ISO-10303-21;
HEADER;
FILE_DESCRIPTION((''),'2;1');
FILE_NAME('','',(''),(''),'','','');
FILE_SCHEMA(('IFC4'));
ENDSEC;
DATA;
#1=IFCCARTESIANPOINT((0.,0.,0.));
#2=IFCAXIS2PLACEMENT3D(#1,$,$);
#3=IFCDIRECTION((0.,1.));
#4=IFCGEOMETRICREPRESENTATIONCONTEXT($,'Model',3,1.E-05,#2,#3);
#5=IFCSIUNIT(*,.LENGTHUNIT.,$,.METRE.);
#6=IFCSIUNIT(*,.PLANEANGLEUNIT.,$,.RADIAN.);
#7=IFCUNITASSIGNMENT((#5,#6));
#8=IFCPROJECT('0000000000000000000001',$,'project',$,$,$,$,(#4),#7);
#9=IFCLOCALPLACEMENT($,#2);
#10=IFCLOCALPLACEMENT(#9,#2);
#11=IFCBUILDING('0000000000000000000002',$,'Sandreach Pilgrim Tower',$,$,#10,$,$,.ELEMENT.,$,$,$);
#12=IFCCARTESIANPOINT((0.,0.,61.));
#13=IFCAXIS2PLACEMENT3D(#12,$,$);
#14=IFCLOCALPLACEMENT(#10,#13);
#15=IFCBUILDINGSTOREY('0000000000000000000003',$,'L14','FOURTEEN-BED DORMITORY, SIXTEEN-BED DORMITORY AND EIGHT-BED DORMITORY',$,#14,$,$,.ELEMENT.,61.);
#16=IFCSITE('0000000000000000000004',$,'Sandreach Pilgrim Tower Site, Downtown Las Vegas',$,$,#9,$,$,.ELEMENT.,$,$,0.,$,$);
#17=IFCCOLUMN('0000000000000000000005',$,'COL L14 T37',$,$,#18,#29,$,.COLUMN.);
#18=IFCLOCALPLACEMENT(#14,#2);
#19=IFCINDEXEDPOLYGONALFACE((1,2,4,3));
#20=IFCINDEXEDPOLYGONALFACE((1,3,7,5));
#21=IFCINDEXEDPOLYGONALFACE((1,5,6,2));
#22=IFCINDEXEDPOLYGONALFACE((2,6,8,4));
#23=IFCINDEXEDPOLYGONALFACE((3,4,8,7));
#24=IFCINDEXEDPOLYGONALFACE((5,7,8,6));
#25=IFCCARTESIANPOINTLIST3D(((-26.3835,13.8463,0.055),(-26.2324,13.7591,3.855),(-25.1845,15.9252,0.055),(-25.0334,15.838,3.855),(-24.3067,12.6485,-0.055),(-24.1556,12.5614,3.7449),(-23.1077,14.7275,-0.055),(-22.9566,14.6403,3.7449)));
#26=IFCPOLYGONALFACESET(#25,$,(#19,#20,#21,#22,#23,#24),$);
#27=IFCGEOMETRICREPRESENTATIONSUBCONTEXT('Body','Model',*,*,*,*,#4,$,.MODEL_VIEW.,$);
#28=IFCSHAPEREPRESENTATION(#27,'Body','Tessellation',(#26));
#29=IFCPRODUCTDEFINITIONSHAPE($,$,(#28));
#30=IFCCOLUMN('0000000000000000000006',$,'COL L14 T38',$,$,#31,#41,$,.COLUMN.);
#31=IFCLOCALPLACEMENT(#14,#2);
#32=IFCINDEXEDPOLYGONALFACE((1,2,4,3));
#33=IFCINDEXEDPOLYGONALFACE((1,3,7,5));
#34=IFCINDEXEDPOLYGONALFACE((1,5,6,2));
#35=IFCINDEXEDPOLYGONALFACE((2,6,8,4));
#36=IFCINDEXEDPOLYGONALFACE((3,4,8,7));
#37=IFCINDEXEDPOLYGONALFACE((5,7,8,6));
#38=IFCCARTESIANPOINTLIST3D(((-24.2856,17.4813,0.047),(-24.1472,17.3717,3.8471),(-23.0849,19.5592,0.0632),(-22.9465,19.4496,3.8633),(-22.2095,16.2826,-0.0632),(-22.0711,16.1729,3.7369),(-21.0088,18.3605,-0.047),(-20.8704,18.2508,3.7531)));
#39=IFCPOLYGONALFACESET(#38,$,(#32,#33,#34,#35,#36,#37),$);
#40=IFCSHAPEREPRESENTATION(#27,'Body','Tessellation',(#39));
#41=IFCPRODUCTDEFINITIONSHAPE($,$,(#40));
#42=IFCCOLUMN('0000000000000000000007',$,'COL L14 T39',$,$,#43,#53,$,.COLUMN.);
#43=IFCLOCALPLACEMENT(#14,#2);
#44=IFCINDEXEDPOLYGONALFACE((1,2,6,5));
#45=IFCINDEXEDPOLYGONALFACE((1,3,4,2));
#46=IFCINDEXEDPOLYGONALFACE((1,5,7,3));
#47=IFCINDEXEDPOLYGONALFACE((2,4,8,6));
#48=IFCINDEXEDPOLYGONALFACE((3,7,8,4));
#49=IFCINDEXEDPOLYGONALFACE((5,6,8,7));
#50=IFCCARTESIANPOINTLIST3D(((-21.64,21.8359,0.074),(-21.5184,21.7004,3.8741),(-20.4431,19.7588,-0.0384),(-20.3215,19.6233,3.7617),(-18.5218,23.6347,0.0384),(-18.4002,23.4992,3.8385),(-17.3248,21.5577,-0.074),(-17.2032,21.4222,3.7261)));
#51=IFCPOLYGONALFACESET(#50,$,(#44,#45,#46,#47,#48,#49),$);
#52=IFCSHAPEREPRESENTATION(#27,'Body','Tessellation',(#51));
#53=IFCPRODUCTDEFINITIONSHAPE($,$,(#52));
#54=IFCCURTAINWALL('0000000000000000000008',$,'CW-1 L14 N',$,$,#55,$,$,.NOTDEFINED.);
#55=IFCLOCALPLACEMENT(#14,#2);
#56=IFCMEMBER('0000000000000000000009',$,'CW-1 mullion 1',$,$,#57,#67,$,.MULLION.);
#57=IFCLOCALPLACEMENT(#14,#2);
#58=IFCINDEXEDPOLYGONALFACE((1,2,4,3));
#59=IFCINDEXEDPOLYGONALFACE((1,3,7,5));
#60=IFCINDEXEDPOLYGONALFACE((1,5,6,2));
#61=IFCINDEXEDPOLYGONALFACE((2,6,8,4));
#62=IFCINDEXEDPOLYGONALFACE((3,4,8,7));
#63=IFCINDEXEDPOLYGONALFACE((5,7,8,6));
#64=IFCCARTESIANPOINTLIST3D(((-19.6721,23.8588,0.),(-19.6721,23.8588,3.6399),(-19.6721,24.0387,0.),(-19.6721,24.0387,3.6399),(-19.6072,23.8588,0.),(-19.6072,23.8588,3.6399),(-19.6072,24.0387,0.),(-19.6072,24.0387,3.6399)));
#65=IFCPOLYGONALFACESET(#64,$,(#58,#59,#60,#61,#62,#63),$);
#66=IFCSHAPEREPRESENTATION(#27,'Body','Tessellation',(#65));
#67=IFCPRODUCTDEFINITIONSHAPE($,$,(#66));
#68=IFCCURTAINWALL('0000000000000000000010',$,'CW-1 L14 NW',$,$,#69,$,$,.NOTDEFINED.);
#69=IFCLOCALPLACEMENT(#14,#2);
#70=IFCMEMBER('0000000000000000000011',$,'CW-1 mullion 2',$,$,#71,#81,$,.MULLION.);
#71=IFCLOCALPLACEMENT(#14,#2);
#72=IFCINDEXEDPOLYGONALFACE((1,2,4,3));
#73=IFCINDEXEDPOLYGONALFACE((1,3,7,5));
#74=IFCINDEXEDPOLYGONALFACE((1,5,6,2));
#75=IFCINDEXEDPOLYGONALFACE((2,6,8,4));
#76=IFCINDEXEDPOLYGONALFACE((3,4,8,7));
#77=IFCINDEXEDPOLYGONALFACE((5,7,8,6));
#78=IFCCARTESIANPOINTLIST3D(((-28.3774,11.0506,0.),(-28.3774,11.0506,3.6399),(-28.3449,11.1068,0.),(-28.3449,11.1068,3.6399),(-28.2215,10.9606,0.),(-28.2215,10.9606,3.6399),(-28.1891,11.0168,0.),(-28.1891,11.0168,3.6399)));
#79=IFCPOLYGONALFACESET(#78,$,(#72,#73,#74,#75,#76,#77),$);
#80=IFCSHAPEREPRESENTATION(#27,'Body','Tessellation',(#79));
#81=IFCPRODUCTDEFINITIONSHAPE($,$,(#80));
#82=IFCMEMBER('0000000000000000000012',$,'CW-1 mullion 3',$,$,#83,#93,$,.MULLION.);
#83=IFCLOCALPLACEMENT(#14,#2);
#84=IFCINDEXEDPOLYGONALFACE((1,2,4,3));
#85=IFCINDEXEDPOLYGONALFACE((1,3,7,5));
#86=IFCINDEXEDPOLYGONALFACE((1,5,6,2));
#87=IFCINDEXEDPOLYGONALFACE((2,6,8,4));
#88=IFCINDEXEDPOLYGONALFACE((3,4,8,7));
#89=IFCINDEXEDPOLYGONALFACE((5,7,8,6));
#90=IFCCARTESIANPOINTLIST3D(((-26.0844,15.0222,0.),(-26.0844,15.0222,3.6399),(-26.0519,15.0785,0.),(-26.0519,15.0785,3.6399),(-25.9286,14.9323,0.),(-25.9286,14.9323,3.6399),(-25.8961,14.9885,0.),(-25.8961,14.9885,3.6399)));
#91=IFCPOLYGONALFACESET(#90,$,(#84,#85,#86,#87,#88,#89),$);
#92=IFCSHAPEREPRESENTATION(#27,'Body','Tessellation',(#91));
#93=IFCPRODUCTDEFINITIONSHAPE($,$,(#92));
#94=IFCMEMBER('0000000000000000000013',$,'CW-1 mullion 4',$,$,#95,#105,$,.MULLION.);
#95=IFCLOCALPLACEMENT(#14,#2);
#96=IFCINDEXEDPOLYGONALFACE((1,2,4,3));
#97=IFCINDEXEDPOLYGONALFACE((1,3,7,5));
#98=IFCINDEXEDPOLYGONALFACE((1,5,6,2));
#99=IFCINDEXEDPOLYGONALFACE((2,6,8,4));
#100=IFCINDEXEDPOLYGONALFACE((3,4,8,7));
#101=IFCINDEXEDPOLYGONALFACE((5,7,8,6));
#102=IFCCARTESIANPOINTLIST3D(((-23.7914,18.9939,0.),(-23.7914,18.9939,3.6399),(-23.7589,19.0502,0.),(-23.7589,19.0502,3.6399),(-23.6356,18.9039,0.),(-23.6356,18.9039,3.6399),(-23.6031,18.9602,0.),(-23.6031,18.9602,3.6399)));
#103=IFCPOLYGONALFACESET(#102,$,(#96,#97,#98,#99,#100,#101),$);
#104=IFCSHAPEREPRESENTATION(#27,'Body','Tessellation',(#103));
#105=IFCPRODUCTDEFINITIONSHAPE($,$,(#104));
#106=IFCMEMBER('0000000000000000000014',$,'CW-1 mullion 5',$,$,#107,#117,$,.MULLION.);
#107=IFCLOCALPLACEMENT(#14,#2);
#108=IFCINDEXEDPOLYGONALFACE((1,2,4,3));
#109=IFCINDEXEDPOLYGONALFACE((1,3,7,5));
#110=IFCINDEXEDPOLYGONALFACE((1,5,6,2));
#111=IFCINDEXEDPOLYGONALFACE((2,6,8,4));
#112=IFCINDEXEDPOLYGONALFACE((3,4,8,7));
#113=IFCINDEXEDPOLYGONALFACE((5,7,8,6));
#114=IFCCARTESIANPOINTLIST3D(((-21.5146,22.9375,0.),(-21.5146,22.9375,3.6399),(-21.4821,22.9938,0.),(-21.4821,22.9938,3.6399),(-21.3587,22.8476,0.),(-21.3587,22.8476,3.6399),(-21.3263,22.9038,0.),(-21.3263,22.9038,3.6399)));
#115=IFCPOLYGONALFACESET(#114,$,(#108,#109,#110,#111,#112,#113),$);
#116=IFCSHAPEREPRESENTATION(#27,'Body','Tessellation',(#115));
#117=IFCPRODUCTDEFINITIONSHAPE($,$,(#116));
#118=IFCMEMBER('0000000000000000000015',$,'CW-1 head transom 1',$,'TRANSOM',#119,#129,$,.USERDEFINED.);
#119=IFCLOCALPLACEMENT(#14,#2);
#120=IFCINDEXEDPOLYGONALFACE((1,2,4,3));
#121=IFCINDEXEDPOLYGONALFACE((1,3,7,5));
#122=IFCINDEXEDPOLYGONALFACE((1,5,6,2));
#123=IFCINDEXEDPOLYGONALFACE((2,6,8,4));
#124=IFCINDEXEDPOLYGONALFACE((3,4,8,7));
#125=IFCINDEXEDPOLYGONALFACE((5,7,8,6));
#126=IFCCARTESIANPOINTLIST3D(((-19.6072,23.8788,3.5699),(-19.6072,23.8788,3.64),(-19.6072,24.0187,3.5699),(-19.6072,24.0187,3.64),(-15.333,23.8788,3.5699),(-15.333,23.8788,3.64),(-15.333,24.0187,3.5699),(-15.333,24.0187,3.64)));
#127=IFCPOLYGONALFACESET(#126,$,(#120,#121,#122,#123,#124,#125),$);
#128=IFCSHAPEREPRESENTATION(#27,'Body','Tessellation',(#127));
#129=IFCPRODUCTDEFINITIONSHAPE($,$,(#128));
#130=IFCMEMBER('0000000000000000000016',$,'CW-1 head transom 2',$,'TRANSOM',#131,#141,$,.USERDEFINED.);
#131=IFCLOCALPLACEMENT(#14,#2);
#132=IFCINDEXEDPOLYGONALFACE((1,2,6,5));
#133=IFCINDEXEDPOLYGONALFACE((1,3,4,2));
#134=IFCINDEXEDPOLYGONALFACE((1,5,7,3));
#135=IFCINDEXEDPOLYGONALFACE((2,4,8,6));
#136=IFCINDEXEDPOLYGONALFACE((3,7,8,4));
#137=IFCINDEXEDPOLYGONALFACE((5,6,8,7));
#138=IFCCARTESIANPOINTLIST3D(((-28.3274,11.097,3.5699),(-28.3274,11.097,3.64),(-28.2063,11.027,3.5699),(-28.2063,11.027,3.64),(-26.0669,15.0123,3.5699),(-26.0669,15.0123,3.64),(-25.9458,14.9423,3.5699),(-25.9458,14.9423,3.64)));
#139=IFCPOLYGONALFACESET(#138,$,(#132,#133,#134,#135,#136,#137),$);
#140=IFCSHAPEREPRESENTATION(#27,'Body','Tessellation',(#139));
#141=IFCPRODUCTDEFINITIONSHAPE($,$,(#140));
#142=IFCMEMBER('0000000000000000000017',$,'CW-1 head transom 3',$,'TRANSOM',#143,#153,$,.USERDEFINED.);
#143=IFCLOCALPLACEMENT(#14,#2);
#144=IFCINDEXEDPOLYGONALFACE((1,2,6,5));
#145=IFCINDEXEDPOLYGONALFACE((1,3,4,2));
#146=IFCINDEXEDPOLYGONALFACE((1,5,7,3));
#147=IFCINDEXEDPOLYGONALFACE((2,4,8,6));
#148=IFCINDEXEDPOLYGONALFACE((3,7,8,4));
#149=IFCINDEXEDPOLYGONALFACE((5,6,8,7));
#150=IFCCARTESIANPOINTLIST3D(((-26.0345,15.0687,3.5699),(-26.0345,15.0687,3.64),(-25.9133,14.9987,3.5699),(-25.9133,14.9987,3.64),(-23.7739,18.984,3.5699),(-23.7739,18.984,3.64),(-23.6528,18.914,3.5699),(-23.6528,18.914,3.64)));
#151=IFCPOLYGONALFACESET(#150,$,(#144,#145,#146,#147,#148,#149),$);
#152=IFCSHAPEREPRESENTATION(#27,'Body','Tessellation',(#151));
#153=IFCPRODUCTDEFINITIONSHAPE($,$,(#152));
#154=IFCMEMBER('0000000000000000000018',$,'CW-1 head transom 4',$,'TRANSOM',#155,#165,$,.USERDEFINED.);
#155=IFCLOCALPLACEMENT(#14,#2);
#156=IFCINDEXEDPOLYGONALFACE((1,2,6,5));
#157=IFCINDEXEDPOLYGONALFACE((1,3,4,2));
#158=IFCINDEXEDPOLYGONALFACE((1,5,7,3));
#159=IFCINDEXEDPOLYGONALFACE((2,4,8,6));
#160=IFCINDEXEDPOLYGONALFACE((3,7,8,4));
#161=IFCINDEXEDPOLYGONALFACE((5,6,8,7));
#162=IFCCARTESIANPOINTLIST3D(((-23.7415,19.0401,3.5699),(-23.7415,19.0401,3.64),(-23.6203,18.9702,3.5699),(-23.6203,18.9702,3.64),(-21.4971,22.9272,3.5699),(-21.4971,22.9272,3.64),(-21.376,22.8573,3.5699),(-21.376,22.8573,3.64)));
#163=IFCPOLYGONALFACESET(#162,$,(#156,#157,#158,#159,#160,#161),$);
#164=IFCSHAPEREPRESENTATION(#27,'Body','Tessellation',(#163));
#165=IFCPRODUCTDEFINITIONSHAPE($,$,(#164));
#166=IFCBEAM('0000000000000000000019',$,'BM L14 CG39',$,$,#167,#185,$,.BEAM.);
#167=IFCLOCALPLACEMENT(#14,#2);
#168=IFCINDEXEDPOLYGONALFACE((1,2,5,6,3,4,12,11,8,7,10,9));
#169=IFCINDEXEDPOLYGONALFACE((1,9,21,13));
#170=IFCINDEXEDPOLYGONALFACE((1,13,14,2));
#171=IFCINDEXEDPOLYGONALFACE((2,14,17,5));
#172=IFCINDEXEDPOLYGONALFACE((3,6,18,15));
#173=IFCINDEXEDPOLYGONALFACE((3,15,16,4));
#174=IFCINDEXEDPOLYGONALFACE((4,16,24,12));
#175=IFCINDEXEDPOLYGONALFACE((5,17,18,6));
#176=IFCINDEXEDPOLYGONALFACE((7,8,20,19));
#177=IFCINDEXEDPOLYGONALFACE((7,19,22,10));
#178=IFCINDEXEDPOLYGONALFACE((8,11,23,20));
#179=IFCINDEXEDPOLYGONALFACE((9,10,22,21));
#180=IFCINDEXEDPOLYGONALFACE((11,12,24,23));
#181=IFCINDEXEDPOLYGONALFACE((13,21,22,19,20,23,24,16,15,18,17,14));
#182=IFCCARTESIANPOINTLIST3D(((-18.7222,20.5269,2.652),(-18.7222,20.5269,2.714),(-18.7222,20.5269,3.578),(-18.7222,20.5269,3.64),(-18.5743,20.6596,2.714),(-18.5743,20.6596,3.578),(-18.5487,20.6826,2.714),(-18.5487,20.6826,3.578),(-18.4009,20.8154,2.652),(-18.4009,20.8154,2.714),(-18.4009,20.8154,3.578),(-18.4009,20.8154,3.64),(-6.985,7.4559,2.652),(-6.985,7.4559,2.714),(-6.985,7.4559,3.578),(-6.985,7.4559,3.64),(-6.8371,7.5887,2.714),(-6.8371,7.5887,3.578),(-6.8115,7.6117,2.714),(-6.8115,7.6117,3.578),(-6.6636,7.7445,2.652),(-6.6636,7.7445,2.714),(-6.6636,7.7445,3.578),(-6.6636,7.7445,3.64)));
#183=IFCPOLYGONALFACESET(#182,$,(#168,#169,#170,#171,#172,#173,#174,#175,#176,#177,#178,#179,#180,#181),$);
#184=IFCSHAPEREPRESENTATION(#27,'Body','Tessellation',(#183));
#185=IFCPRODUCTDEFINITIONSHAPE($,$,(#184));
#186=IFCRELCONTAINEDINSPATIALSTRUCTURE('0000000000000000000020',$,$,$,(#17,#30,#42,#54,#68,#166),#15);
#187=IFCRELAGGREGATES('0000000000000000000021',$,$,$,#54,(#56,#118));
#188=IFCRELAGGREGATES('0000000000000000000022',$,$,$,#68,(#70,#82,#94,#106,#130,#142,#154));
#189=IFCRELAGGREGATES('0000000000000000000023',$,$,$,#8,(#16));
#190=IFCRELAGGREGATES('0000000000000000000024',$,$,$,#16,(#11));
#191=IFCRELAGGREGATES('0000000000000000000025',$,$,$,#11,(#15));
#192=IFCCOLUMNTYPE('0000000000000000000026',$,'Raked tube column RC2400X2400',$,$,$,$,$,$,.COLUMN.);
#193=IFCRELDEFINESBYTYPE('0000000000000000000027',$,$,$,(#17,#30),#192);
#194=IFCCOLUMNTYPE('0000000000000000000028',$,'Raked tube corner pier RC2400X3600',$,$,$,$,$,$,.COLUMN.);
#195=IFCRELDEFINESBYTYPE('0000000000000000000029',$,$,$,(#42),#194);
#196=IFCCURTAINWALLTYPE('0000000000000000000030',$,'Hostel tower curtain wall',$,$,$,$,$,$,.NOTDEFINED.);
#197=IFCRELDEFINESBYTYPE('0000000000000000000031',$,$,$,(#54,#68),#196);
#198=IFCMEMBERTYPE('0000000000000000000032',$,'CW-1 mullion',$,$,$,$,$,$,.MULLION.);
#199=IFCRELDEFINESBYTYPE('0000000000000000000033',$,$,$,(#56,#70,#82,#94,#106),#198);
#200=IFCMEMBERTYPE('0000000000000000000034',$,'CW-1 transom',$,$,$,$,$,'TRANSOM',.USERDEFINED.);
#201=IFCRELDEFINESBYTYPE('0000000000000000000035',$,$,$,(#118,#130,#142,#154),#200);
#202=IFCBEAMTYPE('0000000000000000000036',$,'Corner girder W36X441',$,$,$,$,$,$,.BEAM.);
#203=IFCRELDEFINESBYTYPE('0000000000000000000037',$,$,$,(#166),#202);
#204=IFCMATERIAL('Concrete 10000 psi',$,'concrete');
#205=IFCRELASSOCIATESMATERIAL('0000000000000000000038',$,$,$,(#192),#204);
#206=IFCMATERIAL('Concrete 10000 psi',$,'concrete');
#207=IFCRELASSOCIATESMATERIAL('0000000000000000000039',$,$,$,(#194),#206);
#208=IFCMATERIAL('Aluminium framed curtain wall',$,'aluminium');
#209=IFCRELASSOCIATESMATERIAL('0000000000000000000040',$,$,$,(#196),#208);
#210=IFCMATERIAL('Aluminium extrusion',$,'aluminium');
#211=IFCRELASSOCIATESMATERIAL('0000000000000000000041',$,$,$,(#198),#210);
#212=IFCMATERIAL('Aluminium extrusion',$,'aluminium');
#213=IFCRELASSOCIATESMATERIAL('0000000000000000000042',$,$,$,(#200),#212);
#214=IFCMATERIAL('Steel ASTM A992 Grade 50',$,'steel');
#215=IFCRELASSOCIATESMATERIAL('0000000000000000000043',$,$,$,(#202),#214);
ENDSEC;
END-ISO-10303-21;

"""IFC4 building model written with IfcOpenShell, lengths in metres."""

from ifc_helpers import new_model, si_unit, direction, frame, origin, origin_2d, place, context, subcontext, project, spatial, rectangle, i_section, extrude, material, material_profile, profile_set, type_object, element, aggregate, save


model = new_model("IFC4")

# Units and contexts
model_context = context("Model", 3, precision=1e-05, world=origin(), true_north=direction((0.0, 1.0)))
body_context = subcontext(model_context, "Body", "Model", "MODEL_VIEW")
ifc_project = project(units=[si_unit("LENGTHUNIT", "METRE"), si_unit("PLANEANGLEUNIT", "RADIAN")], contexts=[model_context])

# Site, building, storey
site_placement = place(None, origin())
site = spatial("IfcSite", under=ifc_project, at=site_placement, Name="Sandreach Pilgrim Tower Site, Downtown Las Vegas", CompositionType="ELEMENT", RefElevation=0.0)
building_placement = place(site_placement, origin())
building = spatial("IfcBuilding", under=site, at=building_placement, Name="Sandreach Pilgrim Tower", CompositionType="ELEMENT")
storey_placement = place(building_placement, frame((0.0, 0.0, 61.0)))
storey = spatial("IfcBuildingStorey", under=building, at=storey_placement, Name="L14", Description="FOURTEEN-BED DORMITORY, SIXTEEN-BED DORMITORY AND EIGHT-BED DORMITORY", CompositionType="ELEMENT", Elevation=61.0)

# Columns
ifc_material_1 = material(Name="Concrete 10000 psi", Category="concrete")
ifc_material_profile_1 = material_profile(ifc_material_1, rectangle(XDim=2.3999, YDim=2.3999, at=origin_2d()), Name="RC2400X2400")
ifc_profile_set_1 = profile_set([ifc_material_profile_1], Name="Concrete 10000 psi")
column_type_1 = type_object("IfcColumnType", Name="Raked tube column RC2400X2400", PredefinedType="COLUMN", material=ifc_profile_set_1)
column_1_placement = place(storey_placement, frame((-24.7456, 14.2869, 0.0), z_axis=(0.039727, -0.022912, 0.998948), x_axis=(-0.865344, 0.499076, 0.04586)))
element("IfcColumn", 1, at=column_1_placement, inside=storey, type_object=column_type_1, Name="COL L14 T37", PredefinedType="COLUMN", context=body_context, shape_type="SweptSolid", body=[
    extrude(rectangle(XDim=2.3999, YDim=2.3999, at=origin_2d()), origin(), (0.0, 0.0, 1.0), 3.804),
])
column_2_placement = place(storey_placement, frame((-22.6472, 17.9209, 0.0), z_axis=(0.036389, -0.028816, 0.998922), x_axis=(-0.865087, 0.499515, 0.045923)))
element("IfcColumn", 2, at=column_2_placement, inside=storey, type_object=column_type_1, Name="COL L14 T38", PredefinedType="COLUMN", context=body_context, shape_type="SweptSolid", body=[
    extrude(rectangle(XDim=2.3999, YDim=2.3999, at=origin_2d()), origin(), (0.0, 0.0, 1.0), 3.8042),
])
ifc_material_2 = material(Name="Concrete 10000 psi", Category="concrete")
ifc_material_profile_2 = material_profile(ifc_material_2, rectangle(XDim=2.3999, YDim=3.6001, at=origin_2d()), Name="RC2400X3600")
ifc_profile_set_2 = profile_set([ifc_material_profile_2], Name="Concrete 10000 psi")
column_type_2 = type_object("IfcColumnType", Name="Raked tube corner pier RC2400X3600", PredefinedType="COLUMN", material=ifc_profile_set_2)
column_3_placement = place(storey_placement, frame((-19.4824, 21.6968, 0.0), z_axis=(0.031958, -0.035616, 0.998854), x_axis=(-0.498743, 0.865485, 0.046818)))
element("IfcColumn", 3, at=column_3_placement, inside=storey, type_object=column_type_2, Name="COL L14 T39", PredefinedType="COLUMN", context=body_context, shape_type="SweptSolid", body=[
    extrude(rectangle(XDim=2.3999, YDim=3.6001, at=origin_2d()), origin(), (0.0, 0.0, 1.0), 3.8044),
])

# Curtain wall, member
ifc_material_3 = material(Name="Aluminium framed curtain wall", Category="aluminium")
curtain_wall_type = type_object("IfcCurtainWallType", Name="Hostel tower curtain wall", PredefinedType="NOTDEFINED", material=ifc_material_3)
curtain_wall_1_placement = place(storey_placement, origin())
curtain_wall_1 = element("IfcCurtainWall", 4, at=curtain_wall_1_placement, inside=storey, type_object=curtain_wall_type, Name="CW-1 L14 N", PredefinedType="NOTDEFINED")
ifc_material_4 = material(Name="Aluminium extrusion", Category="aluminium")
ifc_material_profile_3 = material_profile(ifc_material_4, rectangle(XDim=0.0649, YDim=0.1799, at=origin_2d()), Name="CW-1M 65X180")
ifc_profile_set_3 = profile_set([ifc_material_profile_3], Name="Aluminium extrusion")
member_type_1 = type_object("IfcMemberType", Name="CW-1 mullion", PredefinedType="MULLION", material=ifc_profile_set_3)
member_1_placement = place(storey_placement, frame((-19.6396, 23.9487, 0.0), z_axis=(0.0, 0.0, 1.0), x_axis=(1.0, 0.0, 0.0)))
member_1 = element("IfcMember", 5, at=member_1_placement, type_object=member_type_1, Name="CW-1 mullion 1", PredefinedType="MULLION", context=body_context, shape_type="SweptSolid", body=[
    extrude(rectangle(XDim=0.0649, YDim=0.1799, at=origin_2d()), origin(), (0.0, 0.0, 1.0), 3.6399),
])

# Curtain wall, members
curtain_wall_2_placement = place(storey_placement, origin())
curtain_wall_2 = element("IfcCurtainWall", 6, at=curtain_wall_2_placement, inside=storey, type_object=curtain_wall_type, Name="CW-1 L14 NW", PredefinedType="NOTDEFINED")
member_2_placement = place(storey_placement, frame((-28.2832, 11.0337, 0.0), z_axis=(0.0, 0.0, 1.0), x_axis=(0.5, 0.866025, 0.0)))
member_2 = element("IfcMember", 7, at=member_2_placement, type_object=member_type_1, Name="CW-1 mullion 2", PredefinedType="MULLION", context=body_context, shape_type="SweptSolid", body=[
    extrude(rectangle(XDim=0.0649, YDim=0.1799, at=origin_2d()), origin(), (0.0, 0.0, 1.0), 3.6399),
])
member_3_placement = place(storey_placement, frame((-25.9902, 15.0054, 0.0), z_axis=(0.0, 0.0, 1.0), x_axis=(0.5, 0.866025, 0.0)))
member_3 = element("IfcMember", 8, at=member_3_placement, type_object=member_type_1, Name="CW-1 mullion 3", PredefinedType="MULLION", context=body_context, shape_type="SweptSolid", body=[
    extrude(rectangle(XDim=0.0649, YDim=0.1799, at=origin_2d()), origin(), (0.0, 0.0, 1.0), 3.6399),
])
member_4_placement = place(storey_placement, frame((-23.6973, 18.9771, 0.0), z_axis=(0.0, 0.0, 1.0), x_axis=(0.5, 0.866025, 0.0)))
member_4 = element("IfcMember", 9, at=member_4_placement, type_object=member_type_1, Name="CW-1 mullion 4", PredefinedType="MULLION", context=body_context, shape_type="SweptSolid", body=[
    extrude(rectangle(XDim=0.0649, YDim=0.1799, at=origin_2d()), origin(), (0.0, 0.0, 1.0), 3.6399),
])
member_5_placement = place(storey_placement, frame((-21.4204, 22.9207, 0.0), z_axis=(0.0, 0.0, 1.0), x_axis=(0.5, 0.866025, 0.0)))
member_5 = element("IfcMember", 10, at=member_5_placement, type_object=member_type_1, Name="CW-1 mullion 5", PredefinedType="MULLION", context=body_context, shape_type="SweptSolid", body=[
    extrude(rectangle(XDim=0.0649, YDim=0.1799, at=origin_2d()), origin(), (0.0, 0.0, 1.0), 3.6399),
])

# Members
ifc_material_5 = material(Name="Aluminium extrusion", Category="aluminium")
ifc_material_profile_4 = material_profile(ifc_material_5, rectangle(XDim=0.1399, YDim=0.0701, at=origin_2d()), Name="CW-1T 140X70")
ifc_profile_set_4 = profile_set([ifc_material_profile_4], Name="Aluminium extrusion")
member_type_2 = type_object("IfcMemberType", Name="CW-1 transom", ElementType="TRANSOM", PredefinedType="USERDEFINED", material=ifc_profile_set_4)
member_6_placement = place(storey_placement, frame((-19.6072, 23.9487, 3.605), z_axis=(1.0, 0.0, 0.0), x_axis=(0.0, 1.0, 0.0)))
member_6 = element("IfcMember", 11, at=member_6_placement, type_object=member_type_2, Name="CW-1 head transom 1", ObjectType="TRANSOM", PredefinedType="USERDEFINED", context=body_context, shape_type="SweptSolid", body=[
    extrude(rectangle(XDim=0.1399, YDim=0.0701, at=origin_2d()), origin(), (0.0, 0.0, 1.0), 4.2742),
])
member_7_placement = place(storey_placement, frame((-28.2668, 11.062, 3.605), z_axis=(0.500001, 0.866025, 0.0), x_axis=(-0.866025, 0.500001, 0.0)))
member_7 = element("IfcMember", 12, at=member_7_placement, type_object=member_type_2, Name="CW-1 head transom 2", ObjectType="TRANSOM", PredefinedType="USERDEFINED", context=body_context, shape_type="SweptSolid", body=[
    extrude(rectangle(XDim=0.1399, YDim=0.0701, at=origin_2d()), origin(), (0.0, 0.0, 1.0), 4.521),
])
member_8_placement = place(storey_placement, frame((-25.9739, 15.0337, 3.605), z_axis=(0.500001, 0.866025, 0.0), x_axis=(-0.866025, 0.500001, 0.0)))
member_8 = element("IfcMember", 13, at=member_8_placement, type_object=member_type_2, Name="CW-1 head transom 3", ObjectType="TRANSOM", PredefinedType="USERDEFINED", context=body_context, shape_type="SweptSolid", body=[
    extrude(rectangle(XDim=0.1399, YDim=0.0701, at=origin_2d()), origin(), (0.0, 0.0, 1.0), 4.521),
])
member_9_placement = place(storey_placement, frame((-23.6809, 19.0051, 3.605), z_axis=(0.500018, 0.866015, 0.0), x_axis=(-0.866015, 0.500018, 0.0)))
member_9 = element("IfcMember", 14, at=member_9_placement, type_object=member_type_2, Name="CW-1 head transom 4", ObjectType="TRANSOM", PredefinedType="USERDEFINED", context=body_context, shape_type="SweptSolid", body=[
    extrude(rectangle(XDim=0.1399, YDim=0.0701, at=origin_2d()), origin(), (0.0, 0.0, 1.0), 4.4885),
])

# Beam
ifc_material_6 = material(Name="Steel ASTM A992 Grade 50", Category="steel")
ifc_material_profile_5 = material_profile(ifc_material_6, i_section(OverallWidth=0.4319, OverallDepth=0.988, WebThickness=0.0344, FlangeThickness=0.062, at=origin_2d()), Name="W36X441")
ifc_profile_set_5 = profile_set([ifc_material_profile_5], Name="Steel ASTM A992 Grade 50")
beam_type_1 = type_object("IfcBeamType", Name="Corner girder W36X441", PredefinedType="BEAM", material=ifc_profile_set_5)
beam_1_placement = place(storey_placement, frame((-18.5615, 20.6711, 3.146), z_axis=(0.668127, -0.744048, 0.0), x_axis=(0.744048, 0.668127, 0.0)))
element("IfcBeam", 15, at=beam_1_placement, inside=storey, type_object=beam_type_1, Name="BM L14 CG39", PredefinedType="BEAM", context=body_context, shape_type="SweptSolid", body=[
    extrude(i_section(OverallWidth=0.4319, OverallDepth=0.988, WebThickness=0.0344, FlangeThickness=0.062, at=origin_2d()), origin(), (0.0, 0.0, 1.0), 17.5674),
])

aggregate(curtain_wall_1, [member_1, member_6])
aggregate(curtain_wall_2, [member_2, member_3, member_4, member_5, member_7, member_8, member_9])

save(model, "model.ifc")
